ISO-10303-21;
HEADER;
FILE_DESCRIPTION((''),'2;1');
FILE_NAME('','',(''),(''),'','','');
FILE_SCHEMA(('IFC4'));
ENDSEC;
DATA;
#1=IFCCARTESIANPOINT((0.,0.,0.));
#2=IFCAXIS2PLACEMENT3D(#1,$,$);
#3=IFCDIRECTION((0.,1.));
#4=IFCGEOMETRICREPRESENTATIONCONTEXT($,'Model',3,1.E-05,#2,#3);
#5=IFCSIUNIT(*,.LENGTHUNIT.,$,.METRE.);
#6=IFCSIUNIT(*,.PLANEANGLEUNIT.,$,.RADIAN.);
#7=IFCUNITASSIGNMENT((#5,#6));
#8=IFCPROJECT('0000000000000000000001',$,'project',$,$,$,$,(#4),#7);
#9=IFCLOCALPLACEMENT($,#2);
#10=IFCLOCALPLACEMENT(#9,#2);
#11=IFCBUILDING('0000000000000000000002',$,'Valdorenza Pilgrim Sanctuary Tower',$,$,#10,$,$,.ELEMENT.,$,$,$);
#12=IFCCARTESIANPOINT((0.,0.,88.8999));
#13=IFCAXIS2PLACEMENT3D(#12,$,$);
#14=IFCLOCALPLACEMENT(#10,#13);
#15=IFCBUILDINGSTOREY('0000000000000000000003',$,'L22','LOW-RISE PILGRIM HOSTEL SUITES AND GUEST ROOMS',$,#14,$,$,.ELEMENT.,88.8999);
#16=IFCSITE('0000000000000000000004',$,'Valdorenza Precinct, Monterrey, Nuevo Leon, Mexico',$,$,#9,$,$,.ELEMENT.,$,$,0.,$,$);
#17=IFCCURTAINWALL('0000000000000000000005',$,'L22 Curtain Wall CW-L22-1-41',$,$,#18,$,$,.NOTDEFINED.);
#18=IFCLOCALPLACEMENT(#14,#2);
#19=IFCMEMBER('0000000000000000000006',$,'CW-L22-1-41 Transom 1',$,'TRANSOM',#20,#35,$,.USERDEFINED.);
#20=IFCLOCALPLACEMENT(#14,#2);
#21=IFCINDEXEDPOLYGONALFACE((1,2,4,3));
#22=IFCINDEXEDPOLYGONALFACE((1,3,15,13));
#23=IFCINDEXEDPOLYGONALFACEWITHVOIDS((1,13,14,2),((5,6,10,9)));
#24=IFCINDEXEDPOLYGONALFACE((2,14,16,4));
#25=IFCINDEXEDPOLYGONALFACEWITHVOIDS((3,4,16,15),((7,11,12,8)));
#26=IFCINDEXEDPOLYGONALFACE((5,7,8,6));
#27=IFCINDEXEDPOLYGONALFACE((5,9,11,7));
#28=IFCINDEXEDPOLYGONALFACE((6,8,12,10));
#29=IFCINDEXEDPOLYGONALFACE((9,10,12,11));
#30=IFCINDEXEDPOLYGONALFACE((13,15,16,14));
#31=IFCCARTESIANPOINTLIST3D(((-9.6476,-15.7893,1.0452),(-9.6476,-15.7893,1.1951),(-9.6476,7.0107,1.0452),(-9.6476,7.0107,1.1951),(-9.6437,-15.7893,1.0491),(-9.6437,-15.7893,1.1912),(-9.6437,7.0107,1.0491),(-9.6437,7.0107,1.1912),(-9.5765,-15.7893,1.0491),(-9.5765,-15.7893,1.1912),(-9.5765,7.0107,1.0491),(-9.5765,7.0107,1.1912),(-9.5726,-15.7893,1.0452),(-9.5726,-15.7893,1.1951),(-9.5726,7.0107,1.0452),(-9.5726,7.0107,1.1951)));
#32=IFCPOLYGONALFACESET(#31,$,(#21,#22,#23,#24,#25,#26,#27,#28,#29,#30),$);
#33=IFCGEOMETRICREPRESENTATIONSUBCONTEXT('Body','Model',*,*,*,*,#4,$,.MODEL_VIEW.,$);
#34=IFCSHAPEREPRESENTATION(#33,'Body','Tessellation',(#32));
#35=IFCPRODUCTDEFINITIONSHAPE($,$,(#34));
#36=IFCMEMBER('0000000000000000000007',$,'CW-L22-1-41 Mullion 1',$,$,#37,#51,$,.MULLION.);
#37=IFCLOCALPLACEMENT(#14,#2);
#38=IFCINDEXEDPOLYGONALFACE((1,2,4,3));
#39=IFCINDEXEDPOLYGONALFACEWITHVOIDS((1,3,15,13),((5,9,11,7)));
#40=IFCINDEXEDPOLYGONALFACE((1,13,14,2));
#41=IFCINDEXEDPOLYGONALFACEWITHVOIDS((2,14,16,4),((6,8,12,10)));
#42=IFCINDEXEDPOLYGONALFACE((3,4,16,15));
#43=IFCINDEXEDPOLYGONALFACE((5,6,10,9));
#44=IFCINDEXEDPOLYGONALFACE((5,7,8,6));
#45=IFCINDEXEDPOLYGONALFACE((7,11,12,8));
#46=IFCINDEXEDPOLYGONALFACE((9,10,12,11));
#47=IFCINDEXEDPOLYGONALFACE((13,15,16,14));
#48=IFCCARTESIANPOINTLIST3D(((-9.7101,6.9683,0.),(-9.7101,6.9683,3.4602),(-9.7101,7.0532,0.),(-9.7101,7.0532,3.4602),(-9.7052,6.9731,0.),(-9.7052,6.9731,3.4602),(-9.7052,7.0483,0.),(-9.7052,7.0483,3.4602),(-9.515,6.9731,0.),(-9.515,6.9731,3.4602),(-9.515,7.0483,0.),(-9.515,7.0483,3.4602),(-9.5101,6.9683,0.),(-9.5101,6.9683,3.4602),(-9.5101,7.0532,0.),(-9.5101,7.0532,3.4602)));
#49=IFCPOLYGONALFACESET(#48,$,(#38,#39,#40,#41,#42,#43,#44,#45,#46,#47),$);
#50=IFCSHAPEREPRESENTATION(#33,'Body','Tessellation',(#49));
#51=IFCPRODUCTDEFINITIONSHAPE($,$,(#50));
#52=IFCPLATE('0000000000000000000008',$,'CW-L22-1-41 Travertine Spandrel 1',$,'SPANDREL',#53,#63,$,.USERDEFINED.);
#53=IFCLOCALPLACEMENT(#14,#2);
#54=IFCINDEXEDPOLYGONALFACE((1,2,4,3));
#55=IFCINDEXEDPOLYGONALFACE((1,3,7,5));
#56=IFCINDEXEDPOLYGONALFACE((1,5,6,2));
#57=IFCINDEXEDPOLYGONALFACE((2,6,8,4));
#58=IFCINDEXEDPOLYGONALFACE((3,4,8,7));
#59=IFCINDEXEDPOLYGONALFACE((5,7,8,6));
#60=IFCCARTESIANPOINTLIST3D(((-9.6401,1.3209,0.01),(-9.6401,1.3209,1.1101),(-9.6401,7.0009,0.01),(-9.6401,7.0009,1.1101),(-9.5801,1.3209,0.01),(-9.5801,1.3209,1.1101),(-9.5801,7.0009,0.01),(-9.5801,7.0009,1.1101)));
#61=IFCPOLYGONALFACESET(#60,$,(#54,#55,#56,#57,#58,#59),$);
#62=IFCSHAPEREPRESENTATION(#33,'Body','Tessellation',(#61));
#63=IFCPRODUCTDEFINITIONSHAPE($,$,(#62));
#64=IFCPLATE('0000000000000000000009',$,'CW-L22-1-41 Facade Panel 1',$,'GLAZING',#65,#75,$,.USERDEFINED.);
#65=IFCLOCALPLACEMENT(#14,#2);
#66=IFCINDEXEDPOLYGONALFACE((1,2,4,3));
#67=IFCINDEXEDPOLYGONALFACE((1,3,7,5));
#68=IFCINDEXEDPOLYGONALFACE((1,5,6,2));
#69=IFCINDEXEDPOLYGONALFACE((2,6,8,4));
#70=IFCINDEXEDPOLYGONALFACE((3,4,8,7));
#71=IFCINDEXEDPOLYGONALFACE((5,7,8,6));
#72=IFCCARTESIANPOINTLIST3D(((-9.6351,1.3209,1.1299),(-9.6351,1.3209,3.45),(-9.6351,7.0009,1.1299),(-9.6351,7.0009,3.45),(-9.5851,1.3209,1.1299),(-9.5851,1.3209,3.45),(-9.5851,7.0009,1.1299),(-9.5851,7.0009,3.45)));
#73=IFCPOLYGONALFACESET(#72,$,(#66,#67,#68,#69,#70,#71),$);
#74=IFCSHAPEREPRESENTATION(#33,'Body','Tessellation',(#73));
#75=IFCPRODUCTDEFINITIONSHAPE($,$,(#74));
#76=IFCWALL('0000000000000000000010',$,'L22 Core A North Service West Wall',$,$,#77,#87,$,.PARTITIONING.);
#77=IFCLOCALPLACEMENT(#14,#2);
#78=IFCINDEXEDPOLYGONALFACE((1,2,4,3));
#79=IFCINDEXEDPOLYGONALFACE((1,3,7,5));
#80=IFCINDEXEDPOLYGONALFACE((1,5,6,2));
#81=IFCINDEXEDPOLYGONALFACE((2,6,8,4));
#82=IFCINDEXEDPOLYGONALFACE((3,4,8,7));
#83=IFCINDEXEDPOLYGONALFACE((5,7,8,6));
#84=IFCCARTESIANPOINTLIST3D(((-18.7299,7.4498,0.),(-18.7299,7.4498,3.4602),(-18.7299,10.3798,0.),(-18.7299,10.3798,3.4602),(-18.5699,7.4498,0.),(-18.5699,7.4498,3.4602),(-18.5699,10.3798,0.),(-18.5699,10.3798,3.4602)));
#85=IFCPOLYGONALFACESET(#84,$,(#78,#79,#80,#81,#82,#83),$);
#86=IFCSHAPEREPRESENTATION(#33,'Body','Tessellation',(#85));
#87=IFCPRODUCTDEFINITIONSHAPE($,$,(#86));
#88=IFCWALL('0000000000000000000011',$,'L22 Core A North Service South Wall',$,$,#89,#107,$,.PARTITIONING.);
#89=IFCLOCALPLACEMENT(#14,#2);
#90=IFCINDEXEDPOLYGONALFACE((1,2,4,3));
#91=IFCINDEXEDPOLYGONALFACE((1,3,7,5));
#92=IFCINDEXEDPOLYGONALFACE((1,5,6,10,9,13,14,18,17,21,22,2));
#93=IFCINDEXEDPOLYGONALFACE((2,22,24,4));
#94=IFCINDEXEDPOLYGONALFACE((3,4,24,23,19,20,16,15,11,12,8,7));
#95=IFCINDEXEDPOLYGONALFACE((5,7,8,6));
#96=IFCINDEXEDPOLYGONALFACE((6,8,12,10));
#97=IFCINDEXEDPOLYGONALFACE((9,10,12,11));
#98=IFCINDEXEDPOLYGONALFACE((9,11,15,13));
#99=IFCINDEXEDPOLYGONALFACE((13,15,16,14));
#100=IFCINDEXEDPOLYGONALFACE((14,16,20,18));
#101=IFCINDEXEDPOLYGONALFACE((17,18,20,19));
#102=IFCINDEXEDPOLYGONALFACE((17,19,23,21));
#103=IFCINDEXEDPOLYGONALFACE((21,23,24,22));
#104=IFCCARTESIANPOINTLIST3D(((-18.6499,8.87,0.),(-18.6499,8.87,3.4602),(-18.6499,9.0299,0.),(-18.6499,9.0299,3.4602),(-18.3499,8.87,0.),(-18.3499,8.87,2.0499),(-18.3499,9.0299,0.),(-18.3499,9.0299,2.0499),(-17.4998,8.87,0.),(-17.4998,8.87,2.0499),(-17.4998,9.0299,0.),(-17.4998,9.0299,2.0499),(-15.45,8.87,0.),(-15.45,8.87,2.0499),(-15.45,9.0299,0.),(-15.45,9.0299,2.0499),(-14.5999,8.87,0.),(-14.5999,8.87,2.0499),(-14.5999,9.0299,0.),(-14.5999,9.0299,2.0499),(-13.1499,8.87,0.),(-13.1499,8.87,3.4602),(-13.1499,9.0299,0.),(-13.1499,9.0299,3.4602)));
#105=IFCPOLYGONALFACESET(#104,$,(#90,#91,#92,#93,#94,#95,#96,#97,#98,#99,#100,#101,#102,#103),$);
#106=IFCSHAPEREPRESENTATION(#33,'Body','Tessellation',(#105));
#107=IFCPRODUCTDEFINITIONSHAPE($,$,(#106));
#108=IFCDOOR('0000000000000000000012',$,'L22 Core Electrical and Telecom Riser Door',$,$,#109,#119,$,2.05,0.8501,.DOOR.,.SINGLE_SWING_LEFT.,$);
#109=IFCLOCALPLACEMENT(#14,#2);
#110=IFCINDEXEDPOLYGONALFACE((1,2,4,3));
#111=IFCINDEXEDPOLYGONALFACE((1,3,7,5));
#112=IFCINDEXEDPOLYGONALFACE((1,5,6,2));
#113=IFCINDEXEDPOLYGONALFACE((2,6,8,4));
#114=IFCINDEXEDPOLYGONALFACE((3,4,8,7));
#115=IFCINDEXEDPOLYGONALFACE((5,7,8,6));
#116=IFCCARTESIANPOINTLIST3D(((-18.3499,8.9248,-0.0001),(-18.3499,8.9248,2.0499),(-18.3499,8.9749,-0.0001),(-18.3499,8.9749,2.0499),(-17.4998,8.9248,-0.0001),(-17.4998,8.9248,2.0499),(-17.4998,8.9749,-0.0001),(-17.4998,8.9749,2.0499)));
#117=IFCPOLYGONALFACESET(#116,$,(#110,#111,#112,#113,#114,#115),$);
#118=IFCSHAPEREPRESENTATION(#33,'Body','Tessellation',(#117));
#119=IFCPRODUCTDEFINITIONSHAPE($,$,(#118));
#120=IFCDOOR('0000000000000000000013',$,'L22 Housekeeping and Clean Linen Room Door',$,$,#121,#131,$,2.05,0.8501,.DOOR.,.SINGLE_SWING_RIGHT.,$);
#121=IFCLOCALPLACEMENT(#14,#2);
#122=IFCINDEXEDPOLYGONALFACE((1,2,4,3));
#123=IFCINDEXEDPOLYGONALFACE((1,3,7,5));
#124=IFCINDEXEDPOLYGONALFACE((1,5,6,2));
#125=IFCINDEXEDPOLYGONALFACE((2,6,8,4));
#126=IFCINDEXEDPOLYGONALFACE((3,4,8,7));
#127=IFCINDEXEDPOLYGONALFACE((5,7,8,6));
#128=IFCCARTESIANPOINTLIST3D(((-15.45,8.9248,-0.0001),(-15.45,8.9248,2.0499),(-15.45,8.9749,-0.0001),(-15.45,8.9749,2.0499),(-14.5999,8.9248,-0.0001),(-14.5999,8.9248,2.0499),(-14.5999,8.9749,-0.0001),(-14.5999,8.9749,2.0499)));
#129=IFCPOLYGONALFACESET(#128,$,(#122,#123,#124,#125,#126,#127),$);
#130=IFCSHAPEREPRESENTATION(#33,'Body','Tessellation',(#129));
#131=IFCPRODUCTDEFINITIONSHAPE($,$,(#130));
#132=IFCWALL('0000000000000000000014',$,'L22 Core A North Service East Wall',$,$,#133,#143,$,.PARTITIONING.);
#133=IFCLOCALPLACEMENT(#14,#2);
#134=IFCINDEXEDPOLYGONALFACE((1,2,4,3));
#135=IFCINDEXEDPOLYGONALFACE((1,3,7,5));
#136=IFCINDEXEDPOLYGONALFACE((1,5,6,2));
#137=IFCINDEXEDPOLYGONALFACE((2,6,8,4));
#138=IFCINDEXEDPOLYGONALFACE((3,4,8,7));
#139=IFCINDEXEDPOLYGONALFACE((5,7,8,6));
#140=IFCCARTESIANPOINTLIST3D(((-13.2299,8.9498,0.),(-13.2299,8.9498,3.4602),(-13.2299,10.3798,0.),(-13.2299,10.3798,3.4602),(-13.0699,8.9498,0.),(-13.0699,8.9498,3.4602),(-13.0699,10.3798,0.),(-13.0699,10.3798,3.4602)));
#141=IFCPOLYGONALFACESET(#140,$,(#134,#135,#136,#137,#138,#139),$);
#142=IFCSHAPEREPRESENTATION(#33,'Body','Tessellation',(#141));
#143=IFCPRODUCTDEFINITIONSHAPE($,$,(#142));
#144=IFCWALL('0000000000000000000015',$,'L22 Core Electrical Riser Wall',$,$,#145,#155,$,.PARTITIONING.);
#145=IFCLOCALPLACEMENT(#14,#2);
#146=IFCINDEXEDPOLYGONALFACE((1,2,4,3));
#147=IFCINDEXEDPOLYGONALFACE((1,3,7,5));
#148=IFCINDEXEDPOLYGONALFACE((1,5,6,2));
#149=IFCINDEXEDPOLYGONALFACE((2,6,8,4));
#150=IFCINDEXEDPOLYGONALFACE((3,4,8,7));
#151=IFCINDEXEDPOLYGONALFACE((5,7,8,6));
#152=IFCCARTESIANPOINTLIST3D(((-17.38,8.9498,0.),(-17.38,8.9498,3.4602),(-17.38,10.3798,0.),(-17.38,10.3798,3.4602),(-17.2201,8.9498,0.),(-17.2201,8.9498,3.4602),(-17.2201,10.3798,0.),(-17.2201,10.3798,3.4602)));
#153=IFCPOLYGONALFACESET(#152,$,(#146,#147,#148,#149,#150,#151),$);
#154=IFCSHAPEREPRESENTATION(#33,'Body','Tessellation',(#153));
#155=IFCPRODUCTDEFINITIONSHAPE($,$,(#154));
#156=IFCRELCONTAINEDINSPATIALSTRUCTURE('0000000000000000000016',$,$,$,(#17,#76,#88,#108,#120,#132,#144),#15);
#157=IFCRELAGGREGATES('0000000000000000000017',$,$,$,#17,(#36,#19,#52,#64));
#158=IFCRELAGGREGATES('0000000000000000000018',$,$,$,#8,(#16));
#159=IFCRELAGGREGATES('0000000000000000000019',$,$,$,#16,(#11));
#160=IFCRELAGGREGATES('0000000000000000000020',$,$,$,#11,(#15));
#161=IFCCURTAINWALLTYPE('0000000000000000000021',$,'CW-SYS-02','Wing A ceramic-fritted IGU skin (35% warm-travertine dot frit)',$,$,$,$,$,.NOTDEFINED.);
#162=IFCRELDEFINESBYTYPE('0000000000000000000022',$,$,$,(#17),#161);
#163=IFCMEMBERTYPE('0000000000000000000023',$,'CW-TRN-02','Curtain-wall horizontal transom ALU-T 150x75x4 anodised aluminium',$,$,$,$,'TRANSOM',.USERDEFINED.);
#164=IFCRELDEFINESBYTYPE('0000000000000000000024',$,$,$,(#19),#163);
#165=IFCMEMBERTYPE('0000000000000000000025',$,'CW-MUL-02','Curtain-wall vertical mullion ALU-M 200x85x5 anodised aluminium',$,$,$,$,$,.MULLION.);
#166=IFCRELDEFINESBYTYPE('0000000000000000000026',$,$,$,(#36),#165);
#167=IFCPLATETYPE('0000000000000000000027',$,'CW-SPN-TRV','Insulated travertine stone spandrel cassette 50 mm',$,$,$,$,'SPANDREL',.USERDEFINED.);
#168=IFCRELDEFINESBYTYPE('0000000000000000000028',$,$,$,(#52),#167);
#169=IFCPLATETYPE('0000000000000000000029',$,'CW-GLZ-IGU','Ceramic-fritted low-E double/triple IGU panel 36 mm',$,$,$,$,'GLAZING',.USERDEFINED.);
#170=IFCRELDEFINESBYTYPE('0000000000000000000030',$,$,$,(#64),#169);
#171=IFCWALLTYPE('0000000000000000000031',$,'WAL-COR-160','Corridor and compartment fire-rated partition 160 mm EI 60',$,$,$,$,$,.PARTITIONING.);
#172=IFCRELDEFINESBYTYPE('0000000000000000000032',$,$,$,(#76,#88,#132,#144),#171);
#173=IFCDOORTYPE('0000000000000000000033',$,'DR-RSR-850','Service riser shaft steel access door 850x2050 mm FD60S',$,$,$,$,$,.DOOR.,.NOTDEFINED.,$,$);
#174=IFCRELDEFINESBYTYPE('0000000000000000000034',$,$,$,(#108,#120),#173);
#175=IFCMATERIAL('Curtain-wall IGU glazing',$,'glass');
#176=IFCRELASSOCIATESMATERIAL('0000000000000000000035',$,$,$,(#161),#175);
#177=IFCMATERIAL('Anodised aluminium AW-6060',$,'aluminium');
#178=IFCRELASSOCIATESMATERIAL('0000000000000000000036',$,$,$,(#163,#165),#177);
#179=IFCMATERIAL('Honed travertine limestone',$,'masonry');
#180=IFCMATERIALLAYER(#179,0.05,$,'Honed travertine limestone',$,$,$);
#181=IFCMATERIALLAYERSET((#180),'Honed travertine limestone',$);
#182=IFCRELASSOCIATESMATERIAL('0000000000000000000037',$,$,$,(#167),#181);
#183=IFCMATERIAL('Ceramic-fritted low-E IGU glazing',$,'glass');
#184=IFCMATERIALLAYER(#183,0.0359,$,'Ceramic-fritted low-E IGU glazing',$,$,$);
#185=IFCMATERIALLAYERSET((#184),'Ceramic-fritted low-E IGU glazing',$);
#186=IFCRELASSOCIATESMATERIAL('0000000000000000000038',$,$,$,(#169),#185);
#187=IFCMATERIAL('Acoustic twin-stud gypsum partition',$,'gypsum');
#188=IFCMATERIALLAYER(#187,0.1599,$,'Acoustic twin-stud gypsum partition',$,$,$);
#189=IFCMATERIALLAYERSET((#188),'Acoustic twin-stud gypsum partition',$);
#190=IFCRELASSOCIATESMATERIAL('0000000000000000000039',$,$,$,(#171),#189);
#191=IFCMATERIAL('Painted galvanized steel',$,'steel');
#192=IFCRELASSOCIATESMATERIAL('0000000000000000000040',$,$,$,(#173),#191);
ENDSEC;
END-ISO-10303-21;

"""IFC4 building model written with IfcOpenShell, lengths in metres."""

from ifc_helpers import new_model, si_unit, direction, frame, frame_2d, origin, origin_2d, place, context, subcontext, project, spatial, rectangle, hollow_rectangle, extrude, source, transform, mapped, material, layer, layer_set, material_profile, profile_set, type_object, element, fill, aggregate, save


model = new_model("IFC4")

# Units and contexts
model_context = context("Model", 3, precision=1e-05, world=origin(), true_north=direction((0.0, 1.0)))
body_context = subcontext(model_context, "Body", "Model", "MODEL_VIEW")
ifc_project = project(units=[si_unit("LENGTHUNIT", "METRE"), si_unit("PLANEANGLEUNIT", "RADIAN")], contexts=[model_context])

# Site, building, storey
site_placement = place(None, origin())
site = spatial("IfcSite", under=ifc_project, at=site_placement, Name="Valdorenza Precinct, Monterrey, Nuevo Leon, Mexico", CompositionType="ELEMENT", RefElevation=0.0)
building_placement = place(site_placement, origin())
building = spatial("IfcBuilding", under=site, at=building_placement, Name="Valdorenza Pilgrim Sanctuary Tower", CompositionType="ELEMENT")
storey_placement = place(building_placement, frame((0.0, 0.0, 88.8999)))
storey = spatial("IfcBuildingStorey", under=building, at=storey_placement, Name="L22", Description="LOW-RISE PILGRIM HOSTEL SUITES AND GUEST ROOMS", CompositionType="ELEMENT", Elevation=88.8999)

# Curtain wall, members, plates
ifc_material_1 = material(Name="Curtain-wall IGU glazing", Category="glass")
curtain_wall_type = type_object("IfcCurtainWallType", Name="CW-SYS-02", Description="Wing A ceramic-fritted IGU skin (35% warm-travertine dot frit)", PredefinedType="NOTDEFINED", material=ifc_material_1)
curtain_wall_placement = place(storey_placement, origin())
curtain_wall = element("IfcCurtainWall", 1, at=curtain_wall_placement, inside=storey, type_object=curtain_wall_type, Name="L22 Curtain Wall CW-L22-1-41", PredefinedType="NOTDEFINED")
ifc_material_2 = material(Name="Anodised aluminium AW-6060", Category="aluminium")
ifc_material_profile_1 = material_profile(ifc_material_2, hollow_rectangle(XDim=0.075, YDim=0.1499, WallThickness=0.0039, at=origin_2d()), Name="ALU-T 150x75x4")
ifc_profile_set_1 = profile_set([ifc_material_profile_1], Name="Anodised aluminium AW-6060")
member_type_1 = type_object("IfcMemberType", Name="CW-TRN-02", Description="Curtain-wall horizontal transom ALU-T 150x75x4 anodised aluminium", ElementType="TRANSOM", PredefinedType="USERDEFINED", material=ifc_profile_set_1)
shared_shape_1 = source(origin(), body_context, "Body", "SweptSolid", [
    extrude(hollow_rectangle(XDim=0.075, YDim=0.1499, WallThickness=0.0039, at=origin_2d()), origin(), (0.0, 0.0, 1.0), 22.8),
])
member_1_placement = place(storey_placement, frame((-9.6101, 7.0107, 1.1201), z_axis=(0.0, -1.0, 0.0), x_axis=(1.0, 0.0, 0.0)))
member_1 = element("IfcMember", 2, at=member_1_placement, type_object=member_type_1, Name="CW-L22-1-41 Transom 1", ObjectType="TRANSOM", PredefinedType="USERDEFINED", context=body_context, shape_type="MappedRepresentation", body=[
    mapped(shared_shape_1, transform((0.0, 0.0, 0.0), x_axis=(1.0, 0.0, 0.0), y_axis=(0.0, 1.0, 0.0), z_axis=(0.0, 0.0, 1.0), scale=1.0)),
])
ifc_material_profile_2 = material_profile(ifc_material_2, hollow_rectangle(XDim=0.085, YDim=0.2, WallThickness=0.0049, at=origin_2d()), Name="ALU-M 200x85x5")
ifc_profile_set_2 = profile_set([ifc_material_profile_2], Name="Anodised aluminium AW-6060")
member_type_2 = type_object("IfcMemberType", Name="CW-MUL-02", Description="Curtain-wall vertical mullion ALU-M 200x85x5 anodised aluminium", PredefinedType="MULLION", material=ifc_profile_set_2)
shared_shape_2 = source(origin(), body_context, "Body", "SweptSolid", [
    extrude(hollow_rectangle(XDim=0.085, YDim=0.2, WallThickness=0.0049, at=origin_2d()), origin(), (0.0, 0.0, 1.0), 3.4602),
])
member_2_placement = place(storey_placement, frame((-9.6101, 7.0107, 0.0), z_axis=(0.0, 0.0, 1.0), x_axis=(0.0, -1.0, 0.0)))
member_2 = element("IfcMember", 3, at=member_2_placement, type_object=member_type_2, Name="CW-L22-1-41 Mullion 1", PredefinedType="MULLION", context=body_context, shape_type="MappedRepresentation", body=[
    mapped(shared_shape_2, transform((0.0, 0.0, 0.0), x_axis=(1.0, 0.0, 0.0), y_axis=(0.0, 1.0, 0.0), z_axis=(0.0, 0.0, 1.0), scale=1.0)),
])
ifc_material_3 = material(Name="Honed travertine limestone", Category="masonry")
ifc_layer_1 = layer(ifc_material_3, 0.05, Name="Honed travertine limestone")
ifc_layer_set_1 = layer_set([ifc_layer_1], Name="Honed travertine limestone")
plate_type_1 = type_object("IfcPlateType", Name="CW-SPN-TRV", Description="Insulated travertine stone spandrel cassette 50 mm", ElementType="SPANDREL", PredefinedType="USERDEFINED", material=ifc_layer_set_1)
shared_shape_3 = source(origin(), body_context, "Body", "SweptSolid", [
    extrude(rectangle(XDim=5.6799, YDim=0.0601, at=origin_2d()), origin(), (0.0, 0.0, 1.0), 1.1001),
])
plate_1_placement = place(storey_placement, frame((-9.6101, 4.1609, 0.01), z_axis=(0.0, 0.0, 1.0), x_axis=(0.0, -1.0, 0.0)))
plate_1 = element("IfcPlate", 4, at=plate_1_placement, type_object=plate_type_1, Name="CW-L22-1-41 Travertine Spandrel 1", ObjectType="SPANDREL", PredefinedType="USERDEFINED", context=body_context, shape_type="MappedRepresentation", body=[
    mapped(shared_shape_3, transform((0.0, 0.0, 0.0), x_axis=(1.0, 0.0, 0.0), y_axis=(0.0, 1.0, 0.0), z_axis=(0.0, 0.0, 1.0), scale=1.0)),
])
ifc_material_4 = material(Name="Ceramic-fritted low-E IGU glazing", Category="glass")
ifc_layer_2 = layer(ifc_material_4, 0.0359, Name="Ceramic-fritted low-E IGU glazing")
ifc_layer_set_2 = layer_set([ifc_layer_2], Name="Ceramic-fritted low-E IGU glazing")
plate_type_2 = type_object("IfcPlateType", Name="CW-GLZ-IGU", Description="Ceramic-fritted low-E double/triple IGU panel 36 mm", ElementType="GLAZING", PredefinedType="USERDEFINED", material=ifc_layer_set_2)
shared_shape_4 = source(origin(), body_context, "Body", "SweptSolid", [
    extrude(rectangle(XDim=5.6799, YDim=0.05, at=origin_2d()), origin(), (0.0, 0.0, 1.0), 2.3201),
])
plate_2_placement = place(storey_placement, frame((-9.6101, 4.1609, 1.1299), z_axis=(0.0, 0.0, 1.0), x_axis=(0.0, -1.0, 0.0)))
plate_2 = element("IfcPlate", 5, at=plate_2_placement, type_object=plate_type_2, Name="CW-L22-1-41 Facade Panel 1", ObjectType="GLAZING", PredefinedType="USERDEFINED", context=body_context, shape_type="MappedRepresentation", body=[
    mapped(shared_shape_4, transform((0.0, 0.0, 0.0), x_axis=(1.0, 0.0, 0.0), y_axis=(0.0, 1.0, 0.0), z_axis=(0.0, 0.0, 1.0), scale=1.0)),
])
aggregate(curtain_wall, [member_2, member_1, plate_1, plate_2])

# Wall
ifc_material_5 = material(Name="Acoustic twin-stud gypsum partition", Category="gypsum")
ifc_layer_3 = layer(ifc_material_5, 0.1599, Name="Acoustic twin-stud gypsum partition")
ifc_layer_set_3 = layer_set([ifc_layer_3], Name="Acoustic twin-stud gypsum partition")
wall_type_1 = type_object("IfcWallType", Name="WAL-COR-160", Description="Corridor and compartment fire-rated partition 160 mm EI 60", PredefinedType="PARTITIONING", material=ifc_layer_set_3)
wall_1_placement = place(storey_placement, frame((-18.6499, 7.45, 0.0), z_axis=(0.0, 0.0, 1.0), x_axis=(0.0, 1.0, 0.0)))
element("IfcWall", 6, at=wall_1_placement, inside=storey, type_object=wall_type_1, Name="L22 Core A North Service West Wall", PredefinedType="PARTITIONING", context=body_context, shape_type="SweptSolid", body=[
    extrude(rectangle(XDim=2.9299, YDim=0.1599, at=frame_2d((1.4648, 0.0))), origin(), (0.0, 0.0, 1.0), 3.4602),
])

# Wall, openings, doors
wall_2_placement = place(storey_placement, frame((-18.6499, 8.95, 0.0), z_axis=(0.0, 0.0, 1.0), x_axis=(1.0, 0.0, 0.0)))
wall_2 = element("IfcWall", 7, at=wall_2_placement, inside=storey, type_object=wall_type_1, Name="L22 Core A North Service South Wall", PredefinedType="PARTITIONING", context=body_context, shape_type="SweptSolid", body=[
    extrude(rectangle(XDim=5.5, YDim=0.1599, at=frame_2d((2.75, 0.0))), origin(), (0.0, 0.0, 1.0), 3.4602),
])
opening_1_placement = place(wall_2_placement, frame((0.3, 0.0, 0.0)))
opening_1 = element("IfcOpeningElement", 8, at=opening_1_placement, cuts=wall_2, PredefinedType="OPENING", context=body_context, shape_type="SweptSolid", body=[
    extrude(rectangle(XDim=0.8501, YDim=2.05, at=frame_2d((0.425, 1.0249))), frame((0.0, 0.0947, 0.0), z_axis=(0.0, -1.0, 0.0), x_axis=(1.0, 0.0, 0.0)), (0.0, 0.0, 1.0), 0.1897),
])
opening_2_placement = place(wall_2_placement, frame((3.2, 0.0, 0.0)))
opening_2 = element("IfcOpeningElement", 9, at=opening_2_placement, cuts=wall_2, PredefinedType="OPENING", context=body_context, shape_type="SweptSolid", body=[
    extrude(rectangle(XDim=0.8501, YDim=2.05, at=frame_2d((0.425, 1.0249))), frame((0.0, 0.0947, 0.0), z_axis=(0.0, -1.0, 0.0), x_axis=(1.0, 0.0, 0.0)), (0.0, 0.0, 1.0), 0.1897),
])
ifc_material_6 = material(Name="Painted galvanized steel", Category="steel")
door_type_1 = type_object("IfcDoorType", Name="DR-RSR-850", Description="Service riser shaft steel access door 850x2050 mm FD60S", OperationType="NOTDEFINED", PredefinedType="DOOR", material=ifc_material_6)
door_1_placement = place(opening_1_placement, origin())
door_1 = element("IfcDoor", 10, at=door_1_placement, inside=storey, type_object=door_type_1, Name="L22 Core Electrical and Telecom Riser Door", OperationType="SINGLE_SWING_LEFT", OverallHeight=2.05, OverallWidth=0.8501, PredefinedType="DOOR", context=body_context, shape_type="SweptSolid", body=[
    extrude(rectangle(XDim=0.8501, YDim=2.05, at=frame_2d((0.425, 1.0249))), frame((0.0, 0.0249, 0.0), z_axis=(0.0, -1.0, 0.0), x_axis=(1.0, 0.0, 0.0)), (0.0, 0.0, 1.0), 0.05),
])
fill(opening_1, door_1)
door_2_placement = place(opening_2_placement, origin())
door_2 = element("IfcDoor", 11, at=door_2_placement, inside=storey, type_object=door_type_1, Name="L22 Housekeeping and Clean Linen Room Door", OperationType="SINGLE_SWING_RIGHT", OverallHeight=2.05, OverallWidth=0.8501, PredefinedType="DOOR", context=body_context, shape_type="SweptSolid", body=[
    extrude(rectangle(XDim=0.8501, YDim=2.05, at=frame_2d((0.425, 1.0249))), frame((0.0, 0.0249, 0.0), z_axis=(0.0, -1.0, 0.0), x_axis=(1.0, 0.0, 0.0)), (0.0, 0.0, 1.0), 0.05),
])
fill(opening_2, door_2)

# Walls
for number, where, z_axis, x_axis, name in (
    (12, (-13.1499, 8.95, 0.0), (0.0, 0.0, 1.0), (0.0, 1.0, 0.0), "L22 Core A North Service East Wall"),
    (13, (-17.3, 8.95, 0.0), (0.0, 0.0, 1.0), (0.0, 1.0, 0.0), "L22 Core Electrical Riser Wall"),
):
    element("IfcWall", number, at=place(storey_placement, frame(where, z_axis=z_axis, x_axis=x_axis)), inside=storey, type_object=wall_type_1, Name=name, PredefinedType="PARTITIONING", context=body_context, shape_type="SweptSolid", body=[
        extrude(rectangle(XDim=1.4299, YDim=0.1599, at=frame_2d((0.7148, 0.0))), origin(), (0.0, 0.0, 1.0), 3.4602),
    ])

save(model, "model.ifc")
